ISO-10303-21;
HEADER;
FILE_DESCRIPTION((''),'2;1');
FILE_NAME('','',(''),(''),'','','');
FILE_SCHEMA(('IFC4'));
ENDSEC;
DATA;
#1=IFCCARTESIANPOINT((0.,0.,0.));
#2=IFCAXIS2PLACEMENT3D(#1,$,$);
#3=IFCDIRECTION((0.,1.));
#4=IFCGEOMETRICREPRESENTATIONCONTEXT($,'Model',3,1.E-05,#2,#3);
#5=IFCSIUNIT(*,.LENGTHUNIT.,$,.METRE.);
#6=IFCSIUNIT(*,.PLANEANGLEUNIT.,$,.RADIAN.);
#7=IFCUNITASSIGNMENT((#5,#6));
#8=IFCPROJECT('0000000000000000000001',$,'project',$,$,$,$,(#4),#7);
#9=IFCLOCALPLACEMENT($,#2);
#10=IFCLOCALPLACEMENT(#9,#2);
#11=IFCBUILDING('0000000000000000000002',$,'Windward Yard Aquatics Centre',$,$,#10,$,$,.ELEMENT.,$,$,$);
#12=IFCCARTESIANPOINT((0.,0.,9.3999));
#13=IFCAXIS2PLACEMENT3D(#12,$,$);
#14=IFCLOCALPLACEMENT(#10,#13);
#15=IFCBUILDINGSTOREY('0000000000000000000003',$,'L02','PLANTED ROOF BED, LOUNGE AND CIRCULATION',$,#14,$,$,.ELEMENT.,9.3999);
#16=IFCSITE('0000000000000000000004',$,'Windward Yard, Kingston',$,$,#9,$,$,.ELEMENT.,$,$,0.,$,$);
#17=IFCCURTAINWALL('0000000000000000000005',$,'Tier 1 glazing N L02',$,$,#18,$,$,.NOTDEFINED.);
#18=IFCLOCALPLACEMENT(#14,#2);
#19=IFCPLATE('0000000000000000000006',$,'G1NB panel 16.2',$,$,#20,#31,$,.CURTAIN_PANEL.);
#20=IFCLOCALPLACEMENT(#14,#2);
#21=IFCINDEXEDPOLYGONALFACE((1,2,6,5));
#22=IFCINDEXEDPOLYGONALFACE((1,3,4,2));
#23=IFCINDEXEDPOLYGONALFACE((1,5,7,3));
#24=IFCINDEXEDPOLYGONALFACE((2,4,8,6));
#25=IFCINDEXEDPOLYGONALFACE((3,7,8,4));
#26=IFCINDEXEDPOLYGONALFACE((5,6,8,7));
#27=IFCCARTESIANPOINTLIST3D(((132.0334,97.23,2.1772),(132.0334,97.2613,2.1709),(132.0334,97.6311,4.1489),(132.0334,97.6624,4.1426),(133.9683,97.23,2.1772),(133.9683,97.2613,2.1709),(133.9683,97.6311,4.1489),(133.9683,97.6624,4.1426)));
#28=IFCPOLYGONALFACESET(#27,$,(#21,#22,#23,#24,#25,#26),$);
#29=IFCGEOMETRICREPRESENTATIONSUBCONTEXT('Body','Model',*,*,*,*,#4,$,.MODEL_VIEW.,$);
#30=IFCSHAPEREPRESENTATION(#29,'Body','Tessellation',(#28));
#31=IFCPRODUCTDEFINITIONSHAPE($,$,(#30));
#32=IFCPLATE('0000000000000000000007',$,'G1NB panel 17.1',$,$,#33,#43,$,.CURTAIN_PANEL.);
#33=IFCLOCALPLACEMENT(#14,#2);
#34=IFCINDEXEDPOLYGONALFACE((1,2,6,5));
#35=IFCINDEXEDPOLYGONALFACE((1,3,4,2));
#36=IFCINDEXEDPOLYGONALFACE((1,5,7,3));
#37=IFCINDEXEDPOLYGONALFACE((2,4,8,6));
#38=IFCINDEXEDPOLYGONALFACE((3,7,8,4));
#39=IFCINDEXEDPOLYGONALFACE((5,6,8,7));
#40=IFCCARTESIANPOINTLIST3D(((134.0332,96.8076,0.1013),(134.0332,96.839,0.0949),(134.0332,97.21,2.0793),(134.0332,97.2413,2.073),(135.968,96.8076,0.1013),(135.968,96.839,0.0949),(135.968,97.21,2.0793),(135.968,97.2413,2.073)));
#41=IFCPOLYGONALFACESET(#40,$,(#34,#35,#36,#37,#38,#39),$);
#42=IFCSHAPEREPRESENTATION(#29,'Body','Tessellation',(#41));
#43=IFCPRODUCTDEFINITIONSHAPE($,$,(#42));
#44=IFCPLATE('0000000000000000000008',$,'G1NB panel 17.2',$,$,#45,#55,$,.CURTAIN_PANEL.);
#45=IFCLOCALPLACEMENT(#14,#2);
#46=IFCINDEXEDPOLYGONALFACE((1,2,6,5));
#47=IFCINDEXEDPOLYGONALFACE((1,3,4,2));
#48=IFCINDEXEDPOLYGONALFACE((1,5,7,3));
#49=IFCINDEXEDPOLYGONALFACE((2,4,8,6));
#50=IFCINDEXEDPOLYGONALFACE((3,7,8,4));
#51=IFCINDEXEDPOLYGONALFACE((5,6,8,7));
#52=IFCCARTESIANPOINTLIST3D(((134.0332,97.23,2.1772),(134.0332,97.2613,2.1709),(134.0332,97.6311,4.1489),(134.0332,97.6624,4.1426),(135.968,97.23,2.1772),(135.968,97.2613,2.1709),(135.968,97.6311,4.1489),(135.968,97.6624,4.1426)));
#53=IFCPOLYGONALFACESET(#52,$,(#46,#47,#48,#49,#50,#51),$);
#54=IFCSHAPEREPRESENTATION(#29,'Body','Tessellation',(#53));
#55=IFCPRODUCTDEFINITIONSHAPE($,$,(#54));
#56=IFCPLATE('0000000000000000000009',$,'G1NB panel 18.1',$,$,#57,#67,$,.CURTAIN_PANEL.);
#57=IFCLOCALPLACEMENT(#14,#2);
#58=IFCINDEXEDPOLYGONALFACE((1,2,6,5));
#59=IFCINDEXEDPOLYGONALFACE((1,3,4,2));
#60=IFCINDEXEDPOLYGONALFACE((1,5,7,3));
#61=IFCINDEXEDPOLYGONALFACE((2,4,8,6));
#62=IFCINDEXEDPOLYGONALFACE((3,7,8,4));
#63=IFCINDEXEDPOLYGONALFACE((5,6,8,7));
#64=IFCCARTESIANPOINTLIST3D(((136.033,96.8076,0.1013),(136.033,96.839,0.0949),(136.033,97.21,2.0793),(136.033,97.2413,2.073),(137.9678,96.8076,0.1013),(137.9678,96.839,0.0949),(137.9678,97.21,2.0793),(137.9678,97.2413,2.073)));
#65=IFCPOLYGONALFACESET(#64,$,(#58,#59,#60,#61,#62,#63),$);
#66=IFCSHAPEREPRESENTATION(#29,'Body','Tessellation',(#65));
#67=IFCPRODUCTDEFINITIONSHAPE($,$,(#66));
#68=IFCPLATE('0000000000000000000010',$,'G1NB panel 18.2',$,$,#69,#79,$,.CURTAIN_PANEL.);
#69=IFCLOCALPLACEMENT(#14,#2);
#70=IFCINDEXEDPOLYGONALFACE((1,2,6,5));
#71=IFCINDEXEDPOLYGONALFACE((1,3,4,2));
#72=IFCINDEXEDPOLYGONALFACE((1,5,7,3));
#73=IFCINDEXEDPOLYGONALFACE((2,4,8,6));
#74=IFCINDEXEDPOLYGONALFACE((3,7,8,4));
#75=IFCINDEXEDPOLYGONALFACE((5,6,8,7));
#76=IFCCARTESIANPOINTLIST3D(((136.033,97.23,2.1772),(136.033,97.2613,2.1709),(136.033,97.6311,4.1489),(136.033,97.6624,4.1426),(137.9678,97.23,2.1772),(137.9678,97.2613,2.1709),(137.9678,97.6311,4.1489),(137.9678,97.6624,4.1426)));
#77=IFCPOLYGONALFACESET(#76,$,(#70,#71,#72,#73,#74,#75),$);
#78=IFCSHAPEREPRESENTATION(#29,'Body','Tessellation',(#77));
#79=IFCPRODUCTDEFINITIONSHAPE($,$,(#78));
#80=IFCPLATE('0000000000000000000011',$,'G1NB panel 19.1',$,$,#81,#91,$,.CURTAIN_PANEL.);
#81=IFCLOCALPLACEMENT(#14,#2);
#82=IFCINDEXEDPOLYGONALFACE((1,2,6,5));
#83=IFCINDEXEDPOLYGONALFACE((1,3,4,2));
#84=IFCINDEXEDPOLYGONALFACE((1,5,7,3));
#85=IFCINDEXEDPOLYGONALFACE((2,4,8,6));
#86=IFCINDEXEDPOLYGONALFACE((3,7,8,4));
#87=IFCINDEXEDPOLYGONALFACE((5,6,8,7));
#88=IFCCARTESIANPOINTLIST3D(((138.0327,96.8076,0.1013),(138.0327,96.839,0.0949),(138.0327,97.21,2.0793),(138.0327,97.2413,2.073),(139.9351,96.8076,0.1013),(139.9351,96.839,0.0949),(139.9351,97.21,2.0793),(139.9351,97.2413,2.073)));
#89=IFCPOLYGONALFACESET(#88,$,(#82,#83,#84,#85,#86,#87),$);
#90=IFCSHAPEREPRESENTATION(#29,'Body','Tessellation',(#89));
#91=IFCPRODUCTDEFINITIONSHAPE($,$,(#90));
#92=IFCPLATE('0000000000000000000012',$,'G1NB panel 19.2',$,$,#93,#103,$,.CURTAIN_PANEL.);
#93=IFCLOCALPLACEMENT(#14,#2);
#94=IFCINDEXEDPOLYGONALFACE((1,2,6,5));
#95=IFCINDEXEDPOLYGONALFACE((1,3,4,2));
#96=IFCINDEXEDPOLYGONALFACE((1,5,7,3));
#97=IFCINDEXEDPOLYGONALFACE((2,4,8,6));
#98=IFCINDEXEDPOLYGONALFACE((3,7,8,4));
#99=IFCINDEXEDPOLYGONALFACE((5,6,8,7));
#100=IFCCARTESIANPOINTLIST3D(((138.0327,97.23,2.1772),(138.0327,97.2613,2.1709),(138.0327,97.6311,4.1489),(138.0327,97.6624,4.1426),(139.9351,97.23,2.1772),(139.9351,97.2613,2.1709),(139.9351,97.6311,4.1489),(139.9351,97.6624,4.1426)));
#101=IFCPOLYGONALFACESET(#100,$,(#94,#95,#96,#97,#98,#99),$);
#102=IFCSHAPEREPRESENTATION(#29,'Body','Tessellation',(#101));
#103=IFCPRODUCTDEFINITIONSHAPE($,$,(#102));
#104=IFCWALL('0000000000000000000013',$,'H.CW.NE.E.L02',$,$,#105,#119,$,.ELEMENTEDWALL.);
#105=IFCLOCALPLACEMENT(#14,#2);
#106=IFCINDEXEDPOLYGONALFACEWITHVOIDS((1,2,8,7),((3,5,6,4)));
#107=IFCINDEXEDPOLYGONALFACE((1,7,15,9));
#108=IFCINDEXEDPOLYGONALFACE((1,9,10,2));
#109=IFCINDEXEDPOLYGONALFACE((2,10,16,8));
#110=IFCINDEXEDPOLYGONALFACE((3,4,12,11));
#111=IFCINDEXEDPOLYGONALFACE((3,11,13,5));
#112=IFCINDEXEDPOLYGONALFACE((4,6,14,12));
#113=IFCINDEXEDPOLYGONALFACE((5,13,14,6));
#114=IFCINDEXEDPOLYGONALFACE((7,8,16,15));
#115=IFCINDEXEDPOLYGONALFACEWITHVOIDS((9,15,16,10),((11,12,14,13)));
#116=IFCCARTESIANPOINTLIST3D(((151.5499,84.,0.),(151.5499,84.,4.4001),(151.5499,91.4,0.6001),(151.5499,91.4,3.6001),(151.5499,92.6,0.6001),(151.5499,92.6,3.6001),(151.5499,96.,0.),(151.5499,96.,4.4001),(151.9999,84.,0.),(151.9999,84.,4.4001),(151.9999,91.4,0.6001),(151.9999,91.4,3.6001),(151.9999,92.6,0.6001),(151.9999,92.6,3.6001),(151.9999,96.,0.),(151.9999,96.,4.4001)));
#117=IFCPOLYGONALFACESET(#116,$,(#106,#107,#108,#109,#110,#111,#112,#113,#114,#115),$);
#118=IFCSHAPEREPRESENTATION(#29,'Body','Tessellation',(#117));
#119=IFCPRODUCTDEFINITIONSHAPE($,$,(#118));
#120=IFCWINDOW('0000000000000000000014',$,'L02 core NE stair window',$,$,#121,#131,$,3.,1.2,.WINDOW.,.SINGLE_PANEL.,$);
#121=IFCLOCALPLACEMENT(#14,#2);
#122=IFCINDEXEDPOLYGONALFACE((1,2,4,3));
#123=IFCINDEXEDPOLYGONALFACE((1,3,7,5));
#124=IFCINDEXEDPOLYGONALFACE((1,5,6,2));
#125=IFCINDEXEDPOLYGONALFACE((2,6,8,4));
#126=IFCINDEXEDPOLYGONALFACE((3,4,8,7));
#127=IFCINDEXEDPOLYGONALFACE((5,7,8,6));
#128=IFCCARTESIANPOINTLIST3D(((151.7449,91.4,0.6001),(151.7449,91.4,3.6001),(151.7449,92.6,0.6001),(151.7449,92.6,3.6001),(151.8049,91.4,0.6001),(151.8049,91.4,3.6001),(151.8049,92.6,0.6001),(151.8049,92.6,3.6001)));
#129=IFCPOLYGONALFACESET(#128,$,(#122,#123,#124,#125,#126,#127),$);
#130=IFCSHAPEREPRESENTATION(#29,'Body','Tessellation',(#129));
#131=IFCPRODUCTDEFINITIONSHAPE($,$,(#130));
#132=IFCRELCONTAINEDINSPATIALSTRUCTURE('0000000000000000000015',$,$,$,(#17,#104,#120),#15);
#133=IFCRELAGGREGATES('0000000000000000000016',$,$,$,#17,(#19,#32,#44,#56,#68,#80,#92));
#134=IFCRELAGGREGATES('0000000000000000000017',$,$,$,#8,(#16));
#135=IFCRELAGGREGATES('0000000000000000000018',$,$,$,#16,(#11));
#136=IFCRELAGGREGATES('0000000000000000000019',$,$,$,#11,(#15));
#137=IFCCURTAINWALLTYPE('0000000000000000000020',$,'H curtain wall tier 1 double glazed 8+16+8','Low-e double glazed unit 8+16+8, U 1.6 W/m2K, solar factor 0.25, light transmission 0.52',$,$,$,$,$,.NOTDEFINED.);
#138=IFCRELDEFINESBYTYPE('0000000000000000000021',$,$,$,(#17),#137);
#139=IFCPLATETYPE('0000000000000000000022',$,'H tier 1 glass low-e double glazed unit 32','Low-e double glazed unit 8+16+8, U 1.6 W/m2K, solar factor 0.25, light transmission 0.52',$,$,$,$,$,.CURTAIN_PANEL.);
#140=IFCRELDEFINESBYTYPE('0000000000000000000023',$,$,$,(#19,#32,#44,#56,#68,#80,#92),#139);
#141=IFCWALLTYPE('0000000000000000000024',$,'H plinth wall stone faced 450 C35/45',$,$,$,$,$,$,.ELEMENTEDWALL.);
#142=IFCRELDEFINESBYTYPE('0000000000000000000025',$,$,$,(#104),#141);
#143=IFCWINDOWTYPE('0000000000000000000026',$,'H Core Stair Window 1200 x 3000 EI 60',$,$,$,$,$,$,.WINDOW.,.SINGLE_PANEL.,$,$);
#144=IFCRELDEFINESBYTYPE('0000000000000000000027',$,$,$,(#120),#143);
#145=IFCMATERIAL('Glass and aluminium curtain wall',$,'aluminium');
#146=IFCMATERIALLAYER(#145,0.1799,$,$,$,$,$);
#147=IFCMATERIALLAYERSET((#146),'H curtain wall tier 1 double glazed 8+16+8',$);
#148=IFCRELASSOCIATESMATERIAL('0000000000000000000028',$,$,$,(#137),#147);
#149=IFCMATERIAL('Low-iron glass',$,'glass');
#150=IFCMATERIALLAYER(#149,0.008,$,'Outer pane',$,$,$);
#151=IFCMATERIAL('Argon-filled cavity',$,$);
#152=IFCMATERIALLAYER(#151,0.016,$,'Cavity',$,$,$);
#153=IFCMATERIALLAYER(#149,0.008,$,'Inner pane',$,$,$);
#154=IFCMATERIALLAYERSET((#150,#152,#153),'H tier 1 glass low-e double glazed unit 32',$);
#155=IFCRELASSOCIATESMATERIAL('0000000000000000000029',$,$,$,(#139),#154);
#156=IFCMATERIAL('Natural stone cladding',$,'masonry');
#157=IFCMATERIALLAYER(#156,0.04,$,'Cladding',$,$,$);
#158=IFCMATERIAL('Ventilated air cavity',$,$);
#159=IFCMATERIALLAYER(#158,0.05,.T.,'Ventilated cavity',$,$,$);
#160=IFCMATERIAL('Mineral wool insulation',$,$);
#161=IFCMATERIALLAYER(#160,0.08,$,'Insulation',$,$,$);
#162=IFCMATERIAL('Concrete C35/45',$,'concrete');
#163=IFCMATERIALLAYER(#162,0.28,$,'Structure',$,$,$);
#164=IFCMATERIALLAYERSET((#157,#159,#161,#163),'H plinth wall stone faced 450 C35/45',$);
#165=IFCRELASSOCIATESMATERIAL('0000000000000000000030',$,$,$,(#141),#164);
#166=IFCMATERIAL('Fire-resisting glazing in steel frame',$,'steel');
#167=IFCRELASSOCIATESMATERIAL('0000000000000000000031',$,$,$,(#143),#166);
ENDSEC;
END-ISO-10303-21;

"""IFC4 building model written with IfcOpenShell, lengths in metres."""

from ifc_helpers import new_model, si_unit, direction, frame, frame_2d, origin, place, context, subcontext, project, spatial, polyline, rectangle, outline, extrude, material, layer, layer_set, type_object, element, fill, aggregate, save


model = new_model("IFC4")

# Units and contexts
model_context = context("Model", 3, precision=1e-05, world=origin(), true_north=direction((0.0, 1.0)))
body_context = subcontext(model_context, "Body", "Model", "MODEL_VIEW")
ifc_project = project(units=[si_unit("LENGTHUNIT", "METRE"), si_unit("PLANEANGLEUNIT", "RADIAN")], contexts=[model_context])

# Site, building, storey
site_placement = place(None, origin())
site = spatial("IfcSite", under=ifc_project, at=site_placement, Name="Windward Yard, Kingston", CompositionType="ELEMENT", RefElevation=0.0)
building_placement = place(site_placement, origin())
building = spatial("IfcBuilding", under=site, at=building_placement, Name="Windward Yard Aquatics Centre", CompositionType="ELEMENT")
storey_placement = place(building_placement, frame((0.0, 0.0, 9.3999)))
storey = spatial("IfcBuildingStorey", under=building, at=storey_placement, Name="L02", Description="PLANTED ROOF BED, LOUNGE AND CIRCULATION", CompositionType="ELEMENT", Elevation=9.3999)

# Curtain wall
ifc_material_1 = material(Name="Glass and aluminium curtain wall", Category="aluminium")
ifc_layer_1 = layer(ifc_material_1, 0.1799)
ifc_layer_set_1 = layer_set([ifc_layer_1], Name="H curtain wall tier 1 double glazed 8+16+8")
curtain_wall_type = type_object("IfcCurtainWallType", Name="H curtain wall tier 1 double glazed 8+16+8", Description="Low-e double glazed unit 8+16+8, U 1.6 W/m2K, solar factor 0.25, light transmission 0.52", PredefinedType="NOTDEFINED", material=ifc_layer_set_1)
curtain_wall_placement = place(storey_placement, origin())
curtain_wall = element("IfcCurtainWall", 1, at=curtain_wall_placement, inside=storey, type_object=curtain_wall_type, Name="Tier 1 glazing N L02", PredefinedType="NOTDEFINED")

# Plates
ifc_material_2 = material(Name="Low-iron glass", Category="glass")
ifc_layer_2 = layer(ifc_material_2, 0.008, Name="Outer pane")
ifc_material_3 = material(Name="Argon-filled cavity")
ifc_layer_3 = layer(ifc_material_3, 0.016, Name="Cavity")
ifc_layer_4 = layer(ifc_material_2, 0.008, Name="Inner pane")
ifc_layer_set_2 = layer_set([ifc_layer_2, ifc_layer_3, ifc_layer_4], Name="H tier 1 glass low-e double glazed unit 32")
plate_type = type_object("IfcPlateType", Name="H tier 1 glass low-e double glazed unit 32", Description="Low-e double glazed unit 8+16+8, U 1.6 W/m2K, solar factor 0.25, light transmission 0.52", PredefinedType="CURTAIN_PANEL", material=ifc_layer_set_2)
plate_1_placement = place(storey_placement, frame((132.0334, 97.23, 2.1772), z_axis=(0.0, -0.979927, 0.199359), x_axis=(1.0, 0.0, 0.0)))
plate_1 = element("IfcPlate", 2, at=plate_1_placement, type_object=plate_type, Name="G1NB panel 16.2", PredefinedType="CURTAIN_PANEL", context=body_context, shape_type="SweptSolid", body=[
    extrude(outline(polyline([(0.0, 0.0), (1.9348, 0.0), (1.9348, 2.0121), (0.0, 2.0121), (0.0, 0.0)])), origin(), (0.0, 0.0, -1.0), 0.032),
])
plate_2_placement = place(storey_placement, frame((134.0332, 96.8076, 0.1013), z_axis=(0.0, -0.979933, 0.199325), x_axis=(1.0, 0.0, 0.0)))
plate_2 = element("IfcPlate", 3, at=plate_2_placement, type_object=plate_type, Name="G1NB panel 17.1", PredefinedType="CURTAIN_PANEL", context=body_context, shape_type="SweptSolid", body=[
    extrude(outline(polyline([(0.0, 0.0), (1.9348, 0.0), (1.9348, 2.0185), (0.0, 2.0185), (0.0, 0.0)])), origin(), (0.0, 0.0, -1.0), 0.032),
])
plate_3_placement = place(storey_placement, frame((134.0332, 97.23, 2.1772), z_axis=(0.0, -0.979927, 0.199359), x_axis=(1.0, 0.0, 0.0)))
plate_3 = element("IfcPlate", 4, at=plate_3_placement, type_object=plate_type, Name="G1NB panel 17.2", PredefinedType="CURTAIN_PANEL", context=body_context, shape_type="SweptSolid", body=[
    extrude(outline(polyline([(0.0, 0.0), (1.9348, 0.0), (1.9348, 2.0121), (0.0, 2.0121), (0.0, 0.0)])), origin(), (0.0, 0.0, -1.0), 0.032),
])
plate_4_placement = place(storey_placement, frame((136.033, 96.8076, 0.1013), z_axis=(0.0, -0.979933, 0.199325), x_axis=(1.0, 0.0, 0.0)))
plate_4 = element("IfcPlate", 5, at=plate_4_placement, type_object=plate_type, Name="G1NB panel 18.1", PredefinedType="CURTAIN_PANEL", context=body_context, shape_type="SweptSolid", body=[
    extrude(outline(polyline([(0.0, 0.0), (1.9348, 0.0), (1.9348, 2.0185), (0.0, 2.0185), (0.0, 0.0)])), origin(), (0.0, 0.0, -1.0), 0.032),
])
plate_5_placement = place(storey_placement, frame((136.033, 97.23, 2.1772), z_axis=(0.0, -0.979927, 0.199359), x_axis=(1.0, 0.0, 0.0)))
plate_5 = element("IfcPlate", 6, at=plate_5_placement, type_object=plate_type, Name="G1NB panel 18.2", PredefinedType="CURTAIN_PANEL", context=body_context, shape_type="SweptSolid", body=[
    extrude(outline(polyline([(0.0, 0.0), (1.9348, 0.0), (1.9348, 2.0121), (0.0, 2.0121), (0.0, 0.0)])), origin(), (0.0, 0.0, -1.0), 0.032),
])
plate_6_placement = place(storey_placement, frame((138.0327, 96.8076, 0.1013), z_axis=(0.0, -0.979933, 0.199325), x_axis=(1.0, 0.0, 0.0)))
plate_6 = element("IfcPlate", 7, at=plate_6_placement, type_object=plate_type, Name="G1NB panel 19.1", PredefinedType="CURTAIN_PANEL", context=body_context, shape_type="SweptSolid", body=[
    extrude(outline(polyline([(0.0, 0.0), (1.9023, 0.0), (1.9023, 2.0185), (0.0, 2.0185), (0.0, 0.0)])), origin(), (0.0, 0.0, -1.0), 0.032),
])
plate_7_placement = place(storey_placement, frame((138.0327, 97.23, 2.1772), z_axis=(0.0, -0.979927, 0.199359), x_axis=(1.0, 0.0, 0.0)))
plate_7 = element("IfcPlate", 8, at=plate_7_placement, type_object=plate_type, Name="G1NB panel 19.2", PredefinedType="CURTAIN_PANEL", context=body_context, shape_type="SweptSolid", body=[
    extrude(outline(polyline([(0.0, 0.0), (1.9023, 0.0), (1.9023, 2.0121), (0.0, 2.0121), (0.0, 0.0)])), origin(), (0.0, 0.0, -1.0), 0.032),
])
aggregate(curtain_wall, [plate_1, plate_2, plate_3, plate_4, plate_5, plate_6, plate_7])

# Wall, opening, window
ifc_material_4 = material(Name="Natural stone cladding", Category="masonry")
ifc_layer_5 = layer(ifc_material_4, 0.04, Name="Cladding")
ifc_material_5 = material(Name="Ventilated air cavity")
ifc_layer_6 = layer(ifc_material_5, 0.05, ventilated=True, Name="Ventilated cavity")
ifc_material_6 = material(Name="Mineral wool insulation")
ifc_layer_7 = layer(ifc_material_6, 0.08, Name="Insulation")
ifc_material_7 = material(Name="Concrete C35/45", Category="concrete")
ifc_layer_8 = layer(ifc_material_7, 0.28, Name="Structure")
ifc_layer_set_3 = layer_set([ifc_layer_5, ifc_layer_6, ifc_layer_7, ifc_layer_8], Name="H plinth wall stone faced 450 C35/45")
wall_type = type_object("IfcWallType", Name="H plinth wall stone faced 450 C35/45", PredefinedType="ELEMENTEDWALL", material=ifc_layer_set_3)
wall_placement = place(storey_placement, frame((151.7749, 96.0, 0.0), z_axis=(0.0, 0.0, 1.0), x_axis=(0.0, -1.0, 0.0)))
wall = element("IfcWall", 9, at=wall_placement, inside=storey, type_object=wall_type, Name="H.CW.NE.E.L02", PredefinedType="ELEMENTEDWALL", context=body_context, shape_type="SweptSolid", body=[
    extrude(rectangle(XDim=12.0, YDim=0.45, at=frame_2d((6.0, 0.0))), origin(), (0.0, 0.0, 1.0), 4.4001),
])
opening_placement = place(wall_placement, frame((3.3999, 0.0, 0.6001)))
opening = element("IfcOpeningElement", 10, at=opening_placement, cuts=wall, PredefinedType="OPENING", context=body_context, shape_type="SweptSolid", body=[
    extrude(rectangle(XDim=1.2, YDim=3.0, at=frame_2d((0.6001, 1.5))), frame((0.0, 0.2349, 0.0), z_axis=(0.0, -1.0, 0.0), x_axis=(1.0, 0.0, 0.0)), (0.0, 0.0, 1.0), 0.47),
])
ifc_material_8 = material(Name="Fire-resisting glazing in steel frame", Category="steel")
window_type = type_object("IfcWindowType", Name="H Core Stair Window 1200 x 3000 EI 60", PartitioningType="SINGLE_PANEL", PredefinedType="WINDOW", material=ifc_material_8)
window_placement = place(opening_placement, origin())
window = element("IfcWindow", 11, at=window_placement, inside=storey, type_object=window_type, Name="L02 core NE stair window", OverallHeight=3.0, OverallWidth=1.2, PartitioningType="SINGLE_PANEL", PredefinedType="WINDOW", context=body_context, shape_type="SweptSolid", body=[
    extrude(rectangle(XDim=1.2, YDim=3.0, at=frame_2d((0.6001, 1.5))), frame((0.0, 0.03, 0.0), z_axis=(0.0, -1.0, 0.0), x_axis=(1.0, 0.0, 0.0)), (0.0, 0.0, 1.0), 0.0601),
])
fill(opening, window)

save(model, "model.ifc")
